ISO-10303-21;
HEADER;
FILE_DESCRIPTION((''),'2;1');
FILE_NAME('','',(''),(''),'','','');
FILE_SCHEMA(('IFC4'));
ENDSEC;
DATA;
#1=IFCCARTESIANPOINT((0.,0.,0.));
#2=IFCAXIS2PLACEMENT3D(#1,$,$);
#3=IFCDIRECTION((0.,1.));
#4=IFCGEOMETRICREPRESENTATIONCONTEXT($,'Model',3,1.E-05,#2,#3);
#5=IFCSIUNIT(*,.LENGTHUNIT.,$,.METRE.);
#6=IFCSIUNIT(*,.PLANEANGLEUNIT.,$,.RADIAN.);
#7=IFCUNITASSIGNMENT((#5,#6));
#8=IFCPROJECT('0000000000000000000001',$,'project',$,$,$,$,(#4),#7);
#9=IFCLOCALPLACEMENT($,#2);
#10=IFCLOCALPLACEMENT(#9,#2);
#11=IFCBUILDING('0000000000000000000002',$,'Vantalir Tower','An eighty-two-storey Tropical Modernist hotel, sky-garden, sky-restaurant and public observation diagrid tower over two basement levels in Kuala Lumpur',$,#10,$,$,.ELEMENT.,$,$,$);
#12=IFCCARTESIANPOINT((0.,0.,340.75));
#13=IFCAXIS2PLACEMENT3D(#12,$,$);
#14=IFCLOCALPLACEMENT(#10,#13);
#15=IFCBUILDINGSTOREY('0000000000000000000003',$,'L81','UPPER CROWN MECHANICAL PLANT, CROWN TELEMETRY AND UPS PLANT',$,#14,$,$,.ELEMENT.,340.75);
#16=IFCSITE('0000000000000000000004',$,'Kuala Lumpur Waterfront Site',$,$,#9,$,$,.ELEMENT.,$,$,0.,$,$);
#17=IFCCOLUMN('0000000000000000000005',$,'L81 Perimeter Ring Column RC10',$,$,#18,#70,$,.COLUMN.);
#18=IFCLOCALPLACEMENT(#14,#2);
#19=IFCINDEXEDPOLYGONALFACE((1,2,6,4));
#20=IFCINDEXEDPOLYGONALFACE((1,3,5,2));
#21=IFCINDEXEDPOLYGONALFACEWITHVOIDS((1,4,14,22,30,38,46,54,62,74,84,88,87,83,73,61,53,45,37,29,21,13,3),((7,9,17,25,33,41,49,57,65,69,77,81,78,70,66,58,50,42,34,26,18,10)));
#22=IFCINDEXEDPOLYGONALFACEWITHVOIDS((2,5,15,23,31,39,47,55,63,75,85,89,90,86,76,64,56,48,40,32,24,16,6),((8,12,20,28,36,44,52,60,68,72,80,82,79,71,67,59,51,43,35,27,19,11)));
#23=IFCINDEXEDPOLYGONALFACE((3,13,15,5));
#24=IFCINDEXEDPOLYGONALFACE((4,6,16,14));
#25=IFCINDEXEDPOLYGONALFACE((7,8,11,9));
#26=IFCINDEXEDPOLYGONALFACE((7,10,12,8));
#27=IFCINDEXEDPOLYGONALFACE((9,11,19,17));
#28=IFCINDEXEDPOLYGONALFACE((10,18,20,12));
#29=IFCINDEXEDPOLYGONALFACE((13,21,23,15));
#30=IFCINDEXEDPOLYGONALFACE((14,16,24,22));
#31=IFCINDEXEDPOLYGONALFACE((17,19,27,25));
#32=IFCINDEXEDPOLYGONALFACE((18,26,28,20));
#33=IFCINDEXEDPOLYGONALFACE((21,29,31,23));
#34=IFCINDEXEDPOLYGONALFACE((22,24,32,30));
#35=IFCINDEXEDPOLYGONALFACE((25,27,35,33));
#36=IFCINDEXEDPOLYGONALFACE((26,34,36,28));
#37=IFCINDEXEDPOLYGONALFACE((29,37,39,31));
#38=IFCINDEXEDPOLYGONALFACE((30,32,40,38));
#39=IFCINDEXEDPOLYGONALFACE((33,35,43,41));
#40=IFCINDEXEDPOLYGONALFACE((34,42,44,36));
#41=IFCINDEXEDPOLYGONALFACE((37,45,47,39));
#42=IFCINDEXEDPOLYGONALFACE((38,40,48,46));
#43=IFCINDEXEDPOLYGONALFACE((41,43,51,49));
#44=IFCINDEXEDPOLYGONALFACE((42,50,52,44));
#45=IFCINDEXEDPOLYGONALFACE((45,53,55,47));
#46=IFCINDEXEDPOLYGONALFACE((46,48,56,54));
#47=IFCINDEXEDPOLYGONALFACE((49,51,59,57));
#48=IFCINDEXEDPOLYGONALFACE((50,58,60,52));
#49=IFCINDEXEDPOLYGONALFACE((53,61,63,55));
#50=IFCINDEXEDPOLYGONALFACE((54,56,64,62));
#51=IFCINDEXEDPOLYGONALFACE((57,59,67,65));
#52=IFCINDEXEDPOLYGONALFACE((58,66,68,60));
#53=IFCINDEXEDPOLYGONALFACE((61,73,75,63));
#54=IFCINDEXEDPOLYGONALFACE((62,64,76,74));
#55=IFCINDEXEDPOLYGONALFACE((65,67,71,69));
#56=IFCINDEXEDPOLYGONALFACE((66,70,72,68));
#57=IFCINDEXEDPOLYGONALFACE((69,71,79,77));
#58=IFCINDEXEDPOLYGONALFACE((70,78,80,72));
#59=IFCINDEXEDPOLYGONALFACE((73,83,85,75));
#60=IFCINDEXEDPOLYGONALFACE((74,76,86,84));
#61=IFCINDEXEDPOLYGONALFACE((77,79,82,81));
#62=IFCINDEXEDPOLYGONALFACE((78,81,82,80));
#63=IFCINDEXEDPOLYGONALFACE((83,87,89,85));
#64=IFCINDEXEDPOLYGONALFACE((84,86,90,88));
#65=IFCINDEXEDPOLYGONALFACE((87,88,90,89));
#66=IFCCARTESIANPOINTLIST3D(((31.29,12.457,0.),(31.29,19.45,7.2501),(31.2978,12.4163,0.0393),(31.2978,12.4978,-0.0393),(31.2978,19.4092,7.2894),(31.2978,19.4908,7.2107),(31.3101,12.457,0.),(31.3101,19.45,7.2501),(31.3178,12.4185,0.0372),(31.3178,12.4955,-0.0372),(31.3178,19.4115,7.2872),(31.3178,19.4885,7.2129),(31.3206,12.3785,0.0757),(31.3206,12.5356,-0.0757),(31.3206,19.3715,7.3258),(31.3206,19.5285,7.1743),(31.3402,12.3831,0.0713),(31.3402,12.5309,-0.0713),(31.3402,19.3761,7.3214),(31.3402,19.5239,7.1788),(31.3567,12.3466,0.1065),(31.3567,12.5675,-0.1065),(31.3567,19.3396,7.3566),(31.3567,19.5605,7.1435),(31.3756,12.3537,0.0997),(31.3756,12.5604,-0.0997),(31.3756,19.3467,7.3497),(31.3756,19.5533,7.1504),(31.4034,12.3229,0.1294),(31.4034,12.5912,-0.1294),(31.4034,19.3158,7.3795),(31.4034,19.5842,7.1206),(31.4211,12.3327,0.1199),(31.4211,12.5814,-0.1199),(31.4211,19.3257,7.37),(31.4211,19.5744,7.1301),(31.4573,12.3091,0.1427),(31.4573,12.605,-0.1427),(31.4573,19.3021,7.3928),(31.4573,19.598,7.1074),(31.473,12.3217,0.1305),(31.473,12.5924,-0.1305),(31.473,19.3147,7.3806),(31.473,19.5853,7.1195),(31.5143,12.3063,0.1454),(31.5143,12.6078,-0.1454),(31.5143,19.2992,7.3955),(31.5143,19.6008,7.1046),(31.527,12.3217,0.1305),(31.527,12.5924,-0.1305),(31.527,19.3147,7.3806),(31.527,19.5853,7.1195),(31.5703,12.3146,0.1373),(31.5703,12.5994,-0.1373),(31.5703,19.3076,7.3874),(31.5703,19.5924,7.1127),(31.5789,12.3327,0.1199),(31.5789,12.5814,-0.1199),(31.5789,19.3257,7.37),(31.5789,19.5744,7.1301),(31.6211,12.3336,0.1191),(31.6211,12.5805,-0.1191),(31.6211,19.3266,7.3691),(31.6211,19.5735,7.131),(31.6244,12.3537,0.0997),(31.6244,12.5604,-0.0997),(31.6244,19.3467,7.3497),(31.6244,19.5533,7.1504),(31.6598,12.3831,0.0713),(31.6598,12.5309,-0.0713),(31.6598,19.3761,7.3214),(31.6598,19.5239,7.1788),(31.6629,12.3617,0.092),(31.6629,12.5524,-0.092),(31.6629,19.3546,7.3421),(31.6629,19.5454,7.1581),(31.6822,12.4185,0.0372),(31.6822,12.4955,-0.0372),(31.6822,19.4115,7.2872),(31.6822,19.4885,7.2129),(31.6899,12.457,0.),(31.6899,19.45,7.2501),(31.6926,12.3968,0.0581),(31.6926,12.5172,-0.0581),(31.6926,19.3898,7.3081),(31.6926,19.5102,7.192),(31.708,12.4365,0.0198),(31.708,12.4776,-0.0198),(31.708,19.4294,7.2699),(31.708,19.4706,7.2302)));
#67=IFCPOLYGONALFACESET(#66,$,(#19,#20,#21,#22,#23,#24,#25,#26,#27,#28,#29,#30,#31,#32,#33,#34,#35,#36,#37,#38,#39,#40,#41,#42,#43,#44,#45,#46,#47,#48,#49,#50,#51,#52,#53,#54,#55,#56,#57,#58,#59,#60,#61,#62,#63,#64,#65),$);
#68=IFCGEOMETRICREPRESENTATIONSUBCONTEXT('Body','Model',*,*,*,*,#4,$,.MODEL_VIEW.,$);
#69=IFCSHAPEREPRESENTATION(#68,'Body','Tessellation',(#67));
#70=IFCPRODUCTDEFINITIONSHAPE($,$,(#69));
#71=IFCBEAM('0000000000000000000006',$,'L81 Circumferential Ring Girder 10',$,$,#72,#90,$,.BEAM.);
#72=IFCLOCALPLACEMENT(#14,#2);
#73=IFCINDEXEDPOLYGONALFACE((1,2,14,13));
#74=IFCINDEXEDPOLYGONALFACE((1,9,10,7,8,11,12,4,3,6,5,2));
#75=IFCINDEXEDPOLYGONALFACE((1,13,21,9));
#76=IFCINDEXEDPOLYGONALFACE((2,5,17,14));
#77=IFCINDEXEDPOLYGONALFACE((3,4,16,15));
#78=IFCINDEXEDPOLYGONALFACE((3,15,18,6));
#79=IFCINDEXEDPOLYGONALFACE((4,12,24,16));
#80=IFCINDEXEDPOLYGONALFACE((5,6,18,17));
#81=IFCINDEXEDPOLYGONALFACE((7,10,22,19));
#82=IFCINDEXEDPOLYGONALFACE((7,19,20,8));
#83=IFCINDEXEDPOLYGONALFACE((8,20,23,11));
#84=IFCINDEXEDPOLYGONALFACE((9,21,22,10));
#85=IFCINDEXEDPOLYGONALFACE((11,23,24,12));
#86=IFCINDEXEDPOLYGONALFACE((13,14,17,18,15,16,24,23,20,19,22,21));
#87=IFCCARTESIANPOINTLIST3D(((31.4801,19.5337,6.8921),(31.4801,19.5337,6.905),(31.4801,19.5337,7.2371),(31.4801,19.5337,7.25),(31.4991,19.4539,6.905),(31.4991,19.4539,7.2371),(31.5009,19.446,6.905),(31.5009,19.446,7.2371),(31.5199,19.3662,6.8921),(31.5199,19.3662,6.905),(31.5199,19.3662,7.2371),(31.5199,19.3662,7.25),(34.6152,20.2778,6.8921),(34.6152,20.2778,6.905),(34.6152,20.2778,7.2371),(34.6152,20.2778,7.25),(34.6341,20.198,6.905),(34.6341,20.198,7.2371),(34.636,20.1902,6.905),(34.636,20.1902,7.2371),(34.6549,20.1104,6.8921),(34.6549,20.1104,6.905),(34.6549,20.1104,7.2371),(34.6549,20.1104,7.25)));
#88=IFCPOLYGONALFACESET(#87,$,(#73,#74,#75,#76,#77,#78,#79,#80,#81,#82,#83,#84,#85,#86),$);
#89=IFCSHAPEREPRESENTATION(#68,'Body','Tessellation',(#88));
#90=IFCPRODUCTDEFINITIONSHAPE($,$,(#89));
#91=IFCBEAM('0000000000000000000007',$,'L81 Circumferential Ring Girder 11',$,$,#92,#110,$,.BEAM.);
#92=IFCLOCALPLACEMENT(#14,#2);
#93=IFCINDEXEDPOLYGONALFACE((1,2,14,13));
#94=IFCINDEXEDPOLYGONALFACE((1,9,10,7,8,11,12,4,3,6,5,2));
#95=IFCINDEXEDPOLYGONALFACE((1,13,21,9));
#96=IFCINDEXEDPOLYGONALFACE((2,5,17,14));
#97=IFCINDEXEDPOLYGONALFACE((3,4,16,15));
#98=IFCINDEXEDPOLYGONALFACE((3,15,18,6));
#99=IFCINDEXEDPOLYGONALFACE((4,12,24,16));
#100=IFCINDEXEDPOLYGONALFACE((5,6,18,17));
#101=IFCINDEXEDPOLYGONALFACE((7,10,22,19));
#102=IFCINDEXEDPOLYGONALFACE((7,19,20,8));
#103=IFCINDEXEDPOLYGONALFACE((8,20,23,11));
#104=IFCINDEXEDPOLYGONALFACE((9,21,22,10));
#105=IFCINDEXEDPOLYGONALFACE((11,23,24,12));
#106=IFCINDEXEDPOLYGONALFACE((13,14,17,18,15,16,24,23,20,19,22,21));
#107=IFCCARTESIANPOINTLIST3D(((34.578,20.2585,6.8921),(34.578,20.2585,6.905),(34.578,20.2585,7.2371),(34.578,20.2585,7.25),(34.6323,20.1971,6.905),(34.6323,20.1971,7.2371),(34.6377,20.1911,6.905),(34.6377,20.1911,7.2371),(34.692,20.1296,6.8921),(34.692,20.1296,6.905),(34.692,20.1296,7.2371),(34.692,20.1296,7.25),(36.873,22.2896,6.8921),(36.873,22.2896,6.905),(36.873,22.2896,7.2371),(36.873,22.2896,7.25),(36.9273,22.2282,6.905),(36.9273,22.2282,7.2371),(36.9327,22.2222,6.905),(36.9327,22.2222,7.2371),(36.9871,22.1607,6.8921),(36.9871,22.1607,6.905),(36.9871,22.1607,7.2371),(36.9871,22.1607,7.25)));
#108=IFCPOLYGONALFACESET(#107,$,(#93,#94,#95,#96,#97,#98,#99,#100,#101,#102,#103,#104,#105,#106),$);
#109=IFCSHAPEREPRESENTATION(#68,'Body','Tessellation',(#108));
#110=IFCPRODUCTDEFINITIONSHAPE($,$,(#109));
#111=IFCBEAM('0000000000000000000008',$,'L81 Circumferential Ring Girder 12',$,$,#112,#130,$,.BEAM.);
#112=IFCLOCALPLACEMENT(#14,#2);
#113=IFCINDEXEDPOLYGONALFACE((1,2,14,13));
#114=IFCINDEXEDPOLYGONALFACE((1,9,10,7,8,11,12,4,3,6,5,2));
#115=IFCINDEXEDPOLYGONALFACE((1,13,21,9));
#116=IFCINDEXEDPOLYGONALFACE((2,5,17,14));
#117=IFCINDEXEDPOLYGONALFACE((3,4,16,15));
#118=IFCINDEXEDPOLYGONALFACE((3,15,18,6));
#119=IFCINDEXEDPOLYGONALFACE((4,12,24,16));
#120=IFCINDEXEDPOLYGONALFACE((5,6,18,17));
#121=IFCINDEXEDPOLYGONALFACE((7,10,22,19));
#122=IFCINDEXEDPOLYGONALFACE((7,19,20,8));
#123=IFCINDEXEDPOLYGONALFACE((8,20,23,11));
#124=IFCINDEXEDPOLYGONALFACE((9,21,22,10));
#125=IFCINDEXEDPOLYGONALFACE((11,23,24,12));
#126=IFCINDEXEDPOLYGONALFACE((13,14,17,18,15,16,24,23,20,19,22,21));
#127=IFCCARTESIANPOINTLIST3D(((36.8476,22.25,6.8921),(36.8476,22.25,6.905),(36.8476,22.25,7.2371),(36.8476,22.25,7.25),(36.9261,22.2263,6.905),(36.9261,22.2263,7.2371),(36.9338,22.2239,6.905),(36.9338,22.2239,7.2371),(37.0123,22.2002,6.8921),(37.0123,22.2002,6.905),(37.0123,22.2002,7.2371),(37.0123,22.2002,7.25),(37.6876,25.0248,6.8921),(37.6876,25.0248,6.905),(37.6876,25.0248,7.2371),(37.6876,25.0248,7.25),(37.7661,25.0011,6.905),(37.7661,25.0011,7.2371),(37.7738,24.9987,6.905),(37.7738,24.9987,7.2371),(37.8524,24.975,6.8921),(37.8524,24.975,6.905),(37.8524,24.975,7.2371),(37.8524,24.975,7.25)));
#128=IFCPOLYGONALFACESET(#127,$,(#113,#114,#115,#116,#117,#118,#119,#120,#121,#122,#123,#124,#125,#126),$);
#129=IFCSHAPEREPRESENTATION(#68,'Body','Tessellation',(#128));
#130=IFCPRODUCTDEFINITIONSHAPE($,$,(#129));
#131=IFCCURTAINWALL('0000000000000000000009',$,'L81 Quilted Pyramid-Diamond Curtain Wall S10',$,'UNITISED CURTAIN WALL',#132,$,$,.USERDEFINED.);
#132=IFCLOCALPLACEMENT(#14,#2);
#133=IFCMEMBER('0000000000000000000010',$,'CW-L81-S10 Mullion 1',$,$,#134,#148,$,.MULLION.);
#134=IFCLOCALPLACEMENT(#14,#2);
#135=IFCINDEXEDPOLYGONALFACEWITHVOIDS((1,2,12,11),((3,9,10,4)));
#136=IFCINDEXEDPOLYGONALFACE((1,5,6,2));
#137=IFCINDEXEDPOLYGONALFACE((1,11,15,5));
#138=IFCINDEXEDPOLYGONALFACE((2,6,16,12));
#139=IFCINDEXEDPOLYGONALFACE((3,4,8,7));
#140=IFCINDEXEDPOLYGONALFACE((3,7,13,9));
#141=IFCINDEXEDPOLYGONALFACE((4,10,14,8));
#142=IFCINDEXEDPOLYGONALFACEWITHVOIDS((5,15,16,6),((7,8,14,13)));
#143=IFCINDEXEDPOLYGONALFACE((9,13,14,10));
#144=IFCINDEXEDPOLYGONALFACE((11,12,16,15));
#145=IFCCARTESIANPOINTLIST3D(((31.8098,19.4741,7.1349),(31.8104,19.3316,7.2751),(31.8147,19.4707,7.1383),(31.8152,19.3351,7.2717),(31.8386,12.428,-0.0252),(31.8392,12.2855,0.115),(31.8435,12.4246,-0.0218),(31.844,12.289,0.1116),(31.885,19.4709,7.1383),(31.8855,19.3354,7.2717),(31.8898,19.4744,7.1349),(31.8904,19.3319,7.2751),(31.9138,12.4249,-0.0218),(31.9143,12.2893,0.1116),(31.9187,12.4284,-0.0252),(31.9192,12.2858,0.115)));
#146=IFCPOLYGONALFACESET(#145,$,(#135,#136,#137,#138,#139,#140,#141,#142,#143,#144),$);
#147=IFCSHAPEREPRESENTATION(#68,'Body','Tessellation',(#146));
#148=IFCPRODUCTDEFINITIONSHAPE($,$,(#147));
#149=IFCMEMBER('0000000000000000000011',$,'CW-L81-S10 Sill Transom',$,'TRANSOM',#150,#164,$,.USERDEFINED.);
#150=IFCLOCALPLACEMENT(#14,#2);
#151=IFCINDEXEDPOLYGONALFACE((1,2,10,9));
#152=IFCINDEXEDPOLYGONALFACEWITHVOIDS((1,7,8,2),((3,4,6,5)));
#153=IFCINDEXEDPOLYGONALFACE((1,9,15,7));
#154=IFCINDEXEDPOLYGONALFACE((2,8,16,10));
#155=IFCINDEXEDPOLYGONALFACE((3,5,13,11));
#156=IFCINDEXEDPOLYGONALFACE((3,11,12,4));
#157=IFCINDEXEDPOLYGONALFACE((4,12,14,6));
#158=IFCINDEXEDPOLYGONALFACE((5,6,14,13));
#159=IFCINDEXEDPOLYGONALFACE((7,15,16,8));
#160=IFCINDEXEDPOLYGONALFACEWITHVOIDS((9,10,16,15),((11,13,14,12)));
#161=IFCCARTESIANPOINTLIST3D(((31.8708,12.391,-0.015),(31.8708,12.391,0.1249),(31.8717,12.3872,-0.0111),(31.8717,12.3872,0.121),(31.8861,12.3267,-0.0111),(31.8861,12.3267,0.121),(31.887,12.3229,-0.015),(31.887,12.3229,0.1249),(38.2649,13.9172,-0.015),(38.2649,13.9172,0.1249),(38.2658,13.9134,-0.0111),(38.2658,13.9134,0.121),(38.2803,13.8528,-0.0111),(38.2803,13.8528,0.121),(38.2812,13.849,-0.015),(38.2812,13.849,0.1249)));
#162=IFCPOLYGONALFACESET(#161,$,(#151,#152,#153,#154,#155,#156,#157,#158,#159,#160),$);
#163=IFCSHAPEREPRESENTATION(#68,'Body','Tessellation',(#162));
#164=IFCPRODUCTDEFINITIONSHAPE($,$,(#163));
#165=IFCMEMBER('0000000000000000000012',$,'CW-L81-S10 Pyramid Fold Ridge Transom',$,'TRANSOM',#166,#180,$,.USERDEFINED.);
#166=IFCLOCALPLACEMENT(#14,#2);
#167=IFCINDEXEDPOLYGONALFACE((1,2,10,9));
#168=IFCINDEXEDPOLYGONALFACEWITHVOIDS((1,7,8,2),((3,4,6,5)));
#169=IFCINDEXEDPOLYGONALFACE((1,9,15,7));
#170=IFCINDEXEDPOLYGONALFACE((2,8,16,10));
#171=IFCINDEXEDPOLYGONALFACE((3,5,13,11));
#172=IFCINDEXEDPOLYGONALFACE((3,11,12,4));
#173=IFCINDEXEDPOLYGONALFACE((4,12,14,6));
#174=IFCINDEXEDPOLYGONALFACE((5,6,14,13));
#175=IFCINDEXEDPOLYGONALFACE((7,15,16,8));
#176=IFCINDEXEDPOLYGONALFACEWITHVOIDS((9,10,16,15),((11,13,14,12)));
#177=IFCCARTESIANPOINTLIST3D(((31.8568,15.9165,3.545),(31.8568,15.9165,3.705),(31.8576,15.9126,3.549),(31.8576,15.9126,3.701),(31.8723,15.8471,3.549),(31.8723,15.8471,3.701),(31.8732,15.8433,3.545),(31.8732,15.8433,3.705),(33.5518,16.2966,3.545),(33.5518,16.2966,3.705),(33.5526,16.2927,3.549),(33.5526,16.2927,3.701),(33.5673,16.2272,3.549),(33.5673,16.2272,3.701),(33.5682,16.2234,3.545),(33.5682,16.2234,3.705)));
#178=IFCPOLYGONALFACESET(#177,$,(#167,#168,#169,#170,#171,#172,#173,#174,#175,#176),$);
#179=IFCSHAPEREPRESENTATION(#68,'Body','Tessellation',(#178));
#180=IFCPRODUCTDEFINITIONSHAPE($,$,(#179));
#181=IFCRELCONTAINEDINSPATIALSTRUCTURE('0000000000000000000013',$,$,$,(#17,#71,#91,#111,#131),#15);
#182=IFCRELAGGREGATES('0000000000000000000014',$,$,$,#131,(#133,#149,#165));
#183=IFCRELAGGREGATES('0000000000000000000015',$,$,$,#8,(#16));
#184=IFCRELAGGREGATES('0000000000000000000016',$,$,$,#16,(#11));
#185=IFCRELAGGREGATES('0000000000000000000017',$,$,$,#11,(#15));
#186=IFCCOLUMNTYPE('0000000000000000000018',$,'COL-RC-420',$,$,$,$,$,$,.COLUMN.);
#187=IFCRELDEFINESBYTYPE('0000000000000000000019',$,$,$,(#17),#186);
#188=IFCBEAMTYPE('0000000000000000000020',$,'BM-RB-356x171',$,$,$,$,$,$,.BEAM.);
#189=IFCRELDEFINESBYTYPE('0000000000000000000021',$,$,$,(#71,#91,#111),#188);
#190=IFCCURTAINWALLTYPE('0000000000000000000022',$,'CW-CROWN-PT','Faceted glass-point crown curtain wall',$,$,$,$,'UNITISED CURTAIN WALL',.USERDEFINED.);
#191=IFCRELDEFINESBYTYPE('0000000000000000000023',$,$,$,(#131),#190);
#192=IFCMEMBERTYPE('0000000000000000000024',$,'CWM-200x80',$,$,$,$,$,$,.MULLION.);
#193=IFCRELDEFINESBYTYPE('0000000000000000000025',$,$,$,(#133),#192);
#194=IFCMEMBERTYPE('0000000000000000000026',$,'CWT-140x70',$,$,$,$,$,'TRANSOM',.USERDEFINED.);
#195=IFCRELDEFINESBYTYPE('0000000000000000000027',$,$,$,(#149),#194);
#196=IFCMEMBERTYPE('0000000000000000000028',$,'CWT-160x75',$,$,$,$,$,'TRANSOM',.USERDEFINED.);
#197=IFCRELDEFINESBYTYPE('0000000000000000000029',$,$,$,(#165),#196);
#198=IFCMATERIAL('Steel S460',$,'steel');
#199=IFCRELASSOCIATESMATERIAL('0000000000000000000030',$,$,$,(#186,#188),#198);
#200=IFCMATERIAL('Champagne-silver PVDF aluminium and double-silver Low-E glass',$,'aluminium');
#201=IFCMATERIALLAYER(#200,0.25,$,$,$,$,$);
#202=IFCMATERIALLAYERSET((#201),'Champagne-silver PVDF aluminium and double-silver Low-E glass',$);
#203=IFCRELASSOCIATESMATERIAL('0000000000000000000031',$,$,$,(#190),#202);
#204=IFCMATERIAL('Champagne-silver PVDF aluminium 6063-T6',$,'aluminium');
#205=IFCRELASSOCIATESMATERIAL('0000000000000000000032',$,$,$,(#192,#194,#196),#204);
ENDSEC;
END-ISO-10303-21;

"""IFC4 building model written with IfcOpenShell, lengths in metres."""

from ifc_helpers import new_model, si_unit, direction, frame, origin, origin_2d, place, context, subcontext, project, spatial, hollow_rectangle, hollow_circle, i_section, extrude, material, layer, layer_set, material_profile, profile_set, type_object, element, aggregate, save


model = new_model("IFC4")

# Units and contexts
model_context = context("Model", 3, precision=1e-05, world=origin(), true_north=direction((0.0, 1.0)))
body_context = subcontext(model_context, "Body", "Model", "MODEL_VIEW")
ifc_project = project(units=[si_unit("LENGTHUNIT", "METRE"), si_unit("PLANEANGLEUNIT", "RADIAN")], contexts=[model_context])

# Site, building, storey
site_placement = place(None, origin())
site = spatial("IfcSite", under=ifc_project, at=site_placement, Name="Kuala Lumpur Waterfront Site", CompositionType="ELEMENT", RefElevation=0.0)
building_placement = place(site_placement, origin())
building = spatial("IfcBuilding", under=site, at=building_placement, Name="Vantalir Tower", Description="An eighty-two-storey Tropical Modernist hotel, sky-garden, sky-restaurant and public observation diagrid tower over two basement levels in Kuala Lumpur", CompositionType="ELEMENT")
storey_placement = place(building_placement, frame((0.0, 0.0, 340.75)))
storey = spatial("IfcBuildingStorey", under=building, at=storey_placement, Name="L81", Description="UPPER CROWN MECHANICAL PLANT, CROWN TELEMETRY AND UPS PLANT", CompositionType="ELEMENT", Elevation=340.75)

# Column
ifc_material_1 = material(Name="Steel S460", Category="steel")
ifc_material_profile_1 = material_profile(ifc_material_1, hollow_circle(Radius=0.21, WallThickness=0.02, at=origin_2d()), Name="Steel S460")
ifc_profile_set_1 = profile_set([ifc_material_profile_1], Name="Steel S460")
column_type = type_object("IfcColumnType", Name="COL-RC-420", PredefinedType="COLUMN", material=ifc_profile_set_1)
column_placement = place(storey_placement, frame((31.5, 12.457, 0.0), z_axis=(0.0, 0.694231, 0.719753), x_axis=(-1.0, 0.0, 0.0)))
element("IfcColumn", 1, at=column_placement, inside=storey, type_object=column_type, Name="L81 Perimeter Ring Column RC10", PredefinedType="COLUMN", context=body_context, shape_type="SweptSolid", body=[
    extrude(hollow_circle(Radius=0.21, WallThickness=0.02, at=origin_2d()), origin(), (0.0, 0.0, 1.0), 10.073),
])

# Beams
ifc_material_profile_2 = material_profile(ifc_material_1, i_section(OverallWidth=0.1721, OverallDepth=0.3579, WebThickness=0.0081, FlangeThickness=0.0129, at=origin_2d()), Name="Steel S460")
ifc_profile_set_2 = profile_set([ifc_material_profile_2], Name="Steel S460")
beam_type = type_object("IfcBeamType", Name="BM-RB-356x171", PredefinedType="BEAM", material=ifc_profile_set_2)
beam_1_placement = place(storey_placement, frame((31.5, 19.45, 7.071), z_axis=(0.972966, 0.230948, 0.0), x_axis=(-0.230948, 0.972966, 0.0)))
element("IfcBeam", 2, at=beam_1_placement, inside=storey, type_object=beam_type, Name="L81 Circumferential Ring Girder 10", PredefinedType="BEAM", context=body_context, shape_type="SweptSolid", body=[
    extrude(i_section(OverallWidth=0.1721, OverallDepth=0.3579, WebThickness=0.0081, FlangeThickness=0.0129, at=origin_2d()), origin(), (0.0, 0.0, 1.0), 3.2222),
])
beam_2_placement = place(storey_placement, frame((34.635, 20.1941, 7.071), z_axis=(0.748854, 0.662735, 0.0), x_axis=(-0.662735, 0.748854, 0.0)))
element("IfcBeam", 3, at=beam_2_placement, inside=storey, type_object=beam_type, Name="L81 Circumferential Ring Girder 11", PredefinedType="BEAM", context=body_context, shape_type="SweptSolid", body=[
    extrude(i_section(OverallWidth=0.1721, OverallDepth=0.3579, WebThickness=0.0081, FlangeThickness=0.0129, at=origin_2d()), origin(), (0.0, 0.0, 1.0), 3.0647),
])
beam_3_placement = place(storey_placement, frame((36.9299, 22.2251, 7.071), z_axis=(0.289757, 0.9571, 0.0), x_axis=(-0.9571, 0.289757, 0.0)))
element("IfcBeam", 4, at=beam_3_placement, inside=storey, type_object=beam_type, Name="L81 Circumferential Ring Girder 12", PredefinedType="BEAM", context=body_context, shape_type="SweptSolid", body=[
    extrude(i_section(OverallWidth=0.1721, OverallDepth=0.3579, WebThickness=0.0081, FlangeThickness=0.0129, at=origin_2d()), origin(), (0.0, 0.0, 1.0), 2.8992),
])

# Curtain wall, members
ifc_material_2 = material(Name="Champagne-silver PVDF aluminium and double-silver Low-E glass", Category="aluminium")
ifc_layer_1 = layer(ifc_material_2, 0.25)
ifc_layer_set_1 = layer_set([ifc_layer_1], Name="Champagne-silver PVDF aluminium and double-silver Low-E glass")
curtain_wall_type = type_object("IfcCurtainWallType", Name="CW-CROWN-PT", Description="Faceted glass-point crown curtain wall", ElementType="UNITISED CURTAIN WALL", PredefinedType="USERDEFINED", material=ifc_layer_set_1)
curtain_wall_1_placement = place(storey_placement, origin())
curtain_wall_1 = element("IfcCurtainWall", 5, at=curtain_wall_1_placement, inside=storey, type_object=curtain_wall_type, Name="L81 Quilted Pyramid-Diamond Curtain Wall S10", ObjectType="UNITISED CURTAIN WALL", PredefinedType="USERDEFINED")
ifc_material_3 = material(Name="Champagne-silver PVDF aluminium 6063-T6", Category="aluminium")
ifc_material_profile_3 = material_profile(ifc_material_3, hollow_rectangle(XDim=0.0801, YDim=0.2, WallThickness=0.0049, at=origin_2d()), Name="Champagne-silver PVDF aluminium 6063-T6")
ifc_profile_set_3 = profile_set([ifc_material_profile_3], Name="Champagne-silver PVDF aluminium 6063-T6")
member_type_1 = type_object("IfcMemberType", Name="CWM-200x80", PredefinedType="MULLION", material=ifc_profile_set_3)
member_1_placement = place(storey_placement, frame((31.8789, 12.3569, 0.0449), z_axis=(-0.002868, 0.701406, 0.712756), x_axis=(-0.999992, -0.004089, 0.0)))
member_1 = element("IfcMember", 6, at=member_1_placement, type_object=member_type_1, Name="CW-L81-S10 Mullion 1", PredefinedType="MULLION", context=body_context, shape_type="SweptSolid", body=[
    extrude(hollow_rectangle(XDim=0.0801, YDim=0.2, WallThickness=0.0049, at=origin_2d()), origin(), (0.0, 0.0, 1.0), 10.0457),
])
ifc_material_profile_4 = material_profile(ifc_material_3, hollow_rectangle(XDim=0.0701, YDim=0.1399, WallThickness=0.0039, at=origin_2d()), Name="Champagne-silver PVDF aluminium 6063-T6")
ifc_profile_set_4 = profile_set([ifc_material_profile_4], Name="Champagne-silver PVDF aluminium 6063-T6")
member_type_2 = type_object("IfcMemberType", Name="CWT-140x70", ElementType="TRANSOM", PredefinedType="USERDEFINED", material=ifc_profile_set_4)
member_2_placement = place(storey_placement, frame((31.8789, 12.3569, 0.0549), z_axis=(0.972678, 0.232158, 0.0), x_axis=(-0.232158, 0.972678, 0.0)))
member_2 = element("IfcMember", 7, at=member_2_placement, type_object=member_type_2, Name="CW-L81-S10 Sill Transom", ObjectType="TRANSOM", PredefinedType="USERDEFINED", context=body_context, shape_type="SweptSolid", body=[
    extrude(hollow_rectangle(XDim=0.0701, YDim=0.1399, WallThickness=0.0039, at=origin_2d()), origin(), (0.0, 0.0, 1.0), 6.5737),
])
ifc_material_profile_5 = material_profile(ifc_material_3, hollow_rectangle(XDim=0.075, YDim=0.1599, WallThickness=0.0039, at=origin_2d()), Name="Champagne-silver PVDF aluminium 6063-T6")
ifc_profile_set_5 = profile_set([ifc_material_profile_5], Name="Champagne-silver PVDF aluminium 6063-T6")
member_type_3 = type_object("IfcMemberType", Name="CWT-160x75", ElementType="TRANSOM", PredefinedType="USERDEFINED", material=ifc_profile_set_5)
member_3_placement = place(storey_placement, frame((31.865, 15.8799, 3.625), z_axis=(0.975765, 0.21882, 0.0), x_axis=(-0.21882, 0.975765, 0.0)))
member_3 = element("IfcMember", 8, at=member_3_placement, type_object=member_type_3, Name="CW-L81-S10 Pyramid Fold Ridge Transom", ObjectType="TRANSOM", PredefinedType="USERDEFINED", context=body_context, shape_type="SweptSolid", body=[
    extrude(hollow_rectangle(XDim=0.075, YDim=0.1599, WallThickness=0.0039, at=origin_2d()), origin(), (0.0, 0.0, 1.0), 1.7371),
])

aggregate(curtain_wall_1, [member_1, member_2, member_3])

save(model, "model.ifc")
